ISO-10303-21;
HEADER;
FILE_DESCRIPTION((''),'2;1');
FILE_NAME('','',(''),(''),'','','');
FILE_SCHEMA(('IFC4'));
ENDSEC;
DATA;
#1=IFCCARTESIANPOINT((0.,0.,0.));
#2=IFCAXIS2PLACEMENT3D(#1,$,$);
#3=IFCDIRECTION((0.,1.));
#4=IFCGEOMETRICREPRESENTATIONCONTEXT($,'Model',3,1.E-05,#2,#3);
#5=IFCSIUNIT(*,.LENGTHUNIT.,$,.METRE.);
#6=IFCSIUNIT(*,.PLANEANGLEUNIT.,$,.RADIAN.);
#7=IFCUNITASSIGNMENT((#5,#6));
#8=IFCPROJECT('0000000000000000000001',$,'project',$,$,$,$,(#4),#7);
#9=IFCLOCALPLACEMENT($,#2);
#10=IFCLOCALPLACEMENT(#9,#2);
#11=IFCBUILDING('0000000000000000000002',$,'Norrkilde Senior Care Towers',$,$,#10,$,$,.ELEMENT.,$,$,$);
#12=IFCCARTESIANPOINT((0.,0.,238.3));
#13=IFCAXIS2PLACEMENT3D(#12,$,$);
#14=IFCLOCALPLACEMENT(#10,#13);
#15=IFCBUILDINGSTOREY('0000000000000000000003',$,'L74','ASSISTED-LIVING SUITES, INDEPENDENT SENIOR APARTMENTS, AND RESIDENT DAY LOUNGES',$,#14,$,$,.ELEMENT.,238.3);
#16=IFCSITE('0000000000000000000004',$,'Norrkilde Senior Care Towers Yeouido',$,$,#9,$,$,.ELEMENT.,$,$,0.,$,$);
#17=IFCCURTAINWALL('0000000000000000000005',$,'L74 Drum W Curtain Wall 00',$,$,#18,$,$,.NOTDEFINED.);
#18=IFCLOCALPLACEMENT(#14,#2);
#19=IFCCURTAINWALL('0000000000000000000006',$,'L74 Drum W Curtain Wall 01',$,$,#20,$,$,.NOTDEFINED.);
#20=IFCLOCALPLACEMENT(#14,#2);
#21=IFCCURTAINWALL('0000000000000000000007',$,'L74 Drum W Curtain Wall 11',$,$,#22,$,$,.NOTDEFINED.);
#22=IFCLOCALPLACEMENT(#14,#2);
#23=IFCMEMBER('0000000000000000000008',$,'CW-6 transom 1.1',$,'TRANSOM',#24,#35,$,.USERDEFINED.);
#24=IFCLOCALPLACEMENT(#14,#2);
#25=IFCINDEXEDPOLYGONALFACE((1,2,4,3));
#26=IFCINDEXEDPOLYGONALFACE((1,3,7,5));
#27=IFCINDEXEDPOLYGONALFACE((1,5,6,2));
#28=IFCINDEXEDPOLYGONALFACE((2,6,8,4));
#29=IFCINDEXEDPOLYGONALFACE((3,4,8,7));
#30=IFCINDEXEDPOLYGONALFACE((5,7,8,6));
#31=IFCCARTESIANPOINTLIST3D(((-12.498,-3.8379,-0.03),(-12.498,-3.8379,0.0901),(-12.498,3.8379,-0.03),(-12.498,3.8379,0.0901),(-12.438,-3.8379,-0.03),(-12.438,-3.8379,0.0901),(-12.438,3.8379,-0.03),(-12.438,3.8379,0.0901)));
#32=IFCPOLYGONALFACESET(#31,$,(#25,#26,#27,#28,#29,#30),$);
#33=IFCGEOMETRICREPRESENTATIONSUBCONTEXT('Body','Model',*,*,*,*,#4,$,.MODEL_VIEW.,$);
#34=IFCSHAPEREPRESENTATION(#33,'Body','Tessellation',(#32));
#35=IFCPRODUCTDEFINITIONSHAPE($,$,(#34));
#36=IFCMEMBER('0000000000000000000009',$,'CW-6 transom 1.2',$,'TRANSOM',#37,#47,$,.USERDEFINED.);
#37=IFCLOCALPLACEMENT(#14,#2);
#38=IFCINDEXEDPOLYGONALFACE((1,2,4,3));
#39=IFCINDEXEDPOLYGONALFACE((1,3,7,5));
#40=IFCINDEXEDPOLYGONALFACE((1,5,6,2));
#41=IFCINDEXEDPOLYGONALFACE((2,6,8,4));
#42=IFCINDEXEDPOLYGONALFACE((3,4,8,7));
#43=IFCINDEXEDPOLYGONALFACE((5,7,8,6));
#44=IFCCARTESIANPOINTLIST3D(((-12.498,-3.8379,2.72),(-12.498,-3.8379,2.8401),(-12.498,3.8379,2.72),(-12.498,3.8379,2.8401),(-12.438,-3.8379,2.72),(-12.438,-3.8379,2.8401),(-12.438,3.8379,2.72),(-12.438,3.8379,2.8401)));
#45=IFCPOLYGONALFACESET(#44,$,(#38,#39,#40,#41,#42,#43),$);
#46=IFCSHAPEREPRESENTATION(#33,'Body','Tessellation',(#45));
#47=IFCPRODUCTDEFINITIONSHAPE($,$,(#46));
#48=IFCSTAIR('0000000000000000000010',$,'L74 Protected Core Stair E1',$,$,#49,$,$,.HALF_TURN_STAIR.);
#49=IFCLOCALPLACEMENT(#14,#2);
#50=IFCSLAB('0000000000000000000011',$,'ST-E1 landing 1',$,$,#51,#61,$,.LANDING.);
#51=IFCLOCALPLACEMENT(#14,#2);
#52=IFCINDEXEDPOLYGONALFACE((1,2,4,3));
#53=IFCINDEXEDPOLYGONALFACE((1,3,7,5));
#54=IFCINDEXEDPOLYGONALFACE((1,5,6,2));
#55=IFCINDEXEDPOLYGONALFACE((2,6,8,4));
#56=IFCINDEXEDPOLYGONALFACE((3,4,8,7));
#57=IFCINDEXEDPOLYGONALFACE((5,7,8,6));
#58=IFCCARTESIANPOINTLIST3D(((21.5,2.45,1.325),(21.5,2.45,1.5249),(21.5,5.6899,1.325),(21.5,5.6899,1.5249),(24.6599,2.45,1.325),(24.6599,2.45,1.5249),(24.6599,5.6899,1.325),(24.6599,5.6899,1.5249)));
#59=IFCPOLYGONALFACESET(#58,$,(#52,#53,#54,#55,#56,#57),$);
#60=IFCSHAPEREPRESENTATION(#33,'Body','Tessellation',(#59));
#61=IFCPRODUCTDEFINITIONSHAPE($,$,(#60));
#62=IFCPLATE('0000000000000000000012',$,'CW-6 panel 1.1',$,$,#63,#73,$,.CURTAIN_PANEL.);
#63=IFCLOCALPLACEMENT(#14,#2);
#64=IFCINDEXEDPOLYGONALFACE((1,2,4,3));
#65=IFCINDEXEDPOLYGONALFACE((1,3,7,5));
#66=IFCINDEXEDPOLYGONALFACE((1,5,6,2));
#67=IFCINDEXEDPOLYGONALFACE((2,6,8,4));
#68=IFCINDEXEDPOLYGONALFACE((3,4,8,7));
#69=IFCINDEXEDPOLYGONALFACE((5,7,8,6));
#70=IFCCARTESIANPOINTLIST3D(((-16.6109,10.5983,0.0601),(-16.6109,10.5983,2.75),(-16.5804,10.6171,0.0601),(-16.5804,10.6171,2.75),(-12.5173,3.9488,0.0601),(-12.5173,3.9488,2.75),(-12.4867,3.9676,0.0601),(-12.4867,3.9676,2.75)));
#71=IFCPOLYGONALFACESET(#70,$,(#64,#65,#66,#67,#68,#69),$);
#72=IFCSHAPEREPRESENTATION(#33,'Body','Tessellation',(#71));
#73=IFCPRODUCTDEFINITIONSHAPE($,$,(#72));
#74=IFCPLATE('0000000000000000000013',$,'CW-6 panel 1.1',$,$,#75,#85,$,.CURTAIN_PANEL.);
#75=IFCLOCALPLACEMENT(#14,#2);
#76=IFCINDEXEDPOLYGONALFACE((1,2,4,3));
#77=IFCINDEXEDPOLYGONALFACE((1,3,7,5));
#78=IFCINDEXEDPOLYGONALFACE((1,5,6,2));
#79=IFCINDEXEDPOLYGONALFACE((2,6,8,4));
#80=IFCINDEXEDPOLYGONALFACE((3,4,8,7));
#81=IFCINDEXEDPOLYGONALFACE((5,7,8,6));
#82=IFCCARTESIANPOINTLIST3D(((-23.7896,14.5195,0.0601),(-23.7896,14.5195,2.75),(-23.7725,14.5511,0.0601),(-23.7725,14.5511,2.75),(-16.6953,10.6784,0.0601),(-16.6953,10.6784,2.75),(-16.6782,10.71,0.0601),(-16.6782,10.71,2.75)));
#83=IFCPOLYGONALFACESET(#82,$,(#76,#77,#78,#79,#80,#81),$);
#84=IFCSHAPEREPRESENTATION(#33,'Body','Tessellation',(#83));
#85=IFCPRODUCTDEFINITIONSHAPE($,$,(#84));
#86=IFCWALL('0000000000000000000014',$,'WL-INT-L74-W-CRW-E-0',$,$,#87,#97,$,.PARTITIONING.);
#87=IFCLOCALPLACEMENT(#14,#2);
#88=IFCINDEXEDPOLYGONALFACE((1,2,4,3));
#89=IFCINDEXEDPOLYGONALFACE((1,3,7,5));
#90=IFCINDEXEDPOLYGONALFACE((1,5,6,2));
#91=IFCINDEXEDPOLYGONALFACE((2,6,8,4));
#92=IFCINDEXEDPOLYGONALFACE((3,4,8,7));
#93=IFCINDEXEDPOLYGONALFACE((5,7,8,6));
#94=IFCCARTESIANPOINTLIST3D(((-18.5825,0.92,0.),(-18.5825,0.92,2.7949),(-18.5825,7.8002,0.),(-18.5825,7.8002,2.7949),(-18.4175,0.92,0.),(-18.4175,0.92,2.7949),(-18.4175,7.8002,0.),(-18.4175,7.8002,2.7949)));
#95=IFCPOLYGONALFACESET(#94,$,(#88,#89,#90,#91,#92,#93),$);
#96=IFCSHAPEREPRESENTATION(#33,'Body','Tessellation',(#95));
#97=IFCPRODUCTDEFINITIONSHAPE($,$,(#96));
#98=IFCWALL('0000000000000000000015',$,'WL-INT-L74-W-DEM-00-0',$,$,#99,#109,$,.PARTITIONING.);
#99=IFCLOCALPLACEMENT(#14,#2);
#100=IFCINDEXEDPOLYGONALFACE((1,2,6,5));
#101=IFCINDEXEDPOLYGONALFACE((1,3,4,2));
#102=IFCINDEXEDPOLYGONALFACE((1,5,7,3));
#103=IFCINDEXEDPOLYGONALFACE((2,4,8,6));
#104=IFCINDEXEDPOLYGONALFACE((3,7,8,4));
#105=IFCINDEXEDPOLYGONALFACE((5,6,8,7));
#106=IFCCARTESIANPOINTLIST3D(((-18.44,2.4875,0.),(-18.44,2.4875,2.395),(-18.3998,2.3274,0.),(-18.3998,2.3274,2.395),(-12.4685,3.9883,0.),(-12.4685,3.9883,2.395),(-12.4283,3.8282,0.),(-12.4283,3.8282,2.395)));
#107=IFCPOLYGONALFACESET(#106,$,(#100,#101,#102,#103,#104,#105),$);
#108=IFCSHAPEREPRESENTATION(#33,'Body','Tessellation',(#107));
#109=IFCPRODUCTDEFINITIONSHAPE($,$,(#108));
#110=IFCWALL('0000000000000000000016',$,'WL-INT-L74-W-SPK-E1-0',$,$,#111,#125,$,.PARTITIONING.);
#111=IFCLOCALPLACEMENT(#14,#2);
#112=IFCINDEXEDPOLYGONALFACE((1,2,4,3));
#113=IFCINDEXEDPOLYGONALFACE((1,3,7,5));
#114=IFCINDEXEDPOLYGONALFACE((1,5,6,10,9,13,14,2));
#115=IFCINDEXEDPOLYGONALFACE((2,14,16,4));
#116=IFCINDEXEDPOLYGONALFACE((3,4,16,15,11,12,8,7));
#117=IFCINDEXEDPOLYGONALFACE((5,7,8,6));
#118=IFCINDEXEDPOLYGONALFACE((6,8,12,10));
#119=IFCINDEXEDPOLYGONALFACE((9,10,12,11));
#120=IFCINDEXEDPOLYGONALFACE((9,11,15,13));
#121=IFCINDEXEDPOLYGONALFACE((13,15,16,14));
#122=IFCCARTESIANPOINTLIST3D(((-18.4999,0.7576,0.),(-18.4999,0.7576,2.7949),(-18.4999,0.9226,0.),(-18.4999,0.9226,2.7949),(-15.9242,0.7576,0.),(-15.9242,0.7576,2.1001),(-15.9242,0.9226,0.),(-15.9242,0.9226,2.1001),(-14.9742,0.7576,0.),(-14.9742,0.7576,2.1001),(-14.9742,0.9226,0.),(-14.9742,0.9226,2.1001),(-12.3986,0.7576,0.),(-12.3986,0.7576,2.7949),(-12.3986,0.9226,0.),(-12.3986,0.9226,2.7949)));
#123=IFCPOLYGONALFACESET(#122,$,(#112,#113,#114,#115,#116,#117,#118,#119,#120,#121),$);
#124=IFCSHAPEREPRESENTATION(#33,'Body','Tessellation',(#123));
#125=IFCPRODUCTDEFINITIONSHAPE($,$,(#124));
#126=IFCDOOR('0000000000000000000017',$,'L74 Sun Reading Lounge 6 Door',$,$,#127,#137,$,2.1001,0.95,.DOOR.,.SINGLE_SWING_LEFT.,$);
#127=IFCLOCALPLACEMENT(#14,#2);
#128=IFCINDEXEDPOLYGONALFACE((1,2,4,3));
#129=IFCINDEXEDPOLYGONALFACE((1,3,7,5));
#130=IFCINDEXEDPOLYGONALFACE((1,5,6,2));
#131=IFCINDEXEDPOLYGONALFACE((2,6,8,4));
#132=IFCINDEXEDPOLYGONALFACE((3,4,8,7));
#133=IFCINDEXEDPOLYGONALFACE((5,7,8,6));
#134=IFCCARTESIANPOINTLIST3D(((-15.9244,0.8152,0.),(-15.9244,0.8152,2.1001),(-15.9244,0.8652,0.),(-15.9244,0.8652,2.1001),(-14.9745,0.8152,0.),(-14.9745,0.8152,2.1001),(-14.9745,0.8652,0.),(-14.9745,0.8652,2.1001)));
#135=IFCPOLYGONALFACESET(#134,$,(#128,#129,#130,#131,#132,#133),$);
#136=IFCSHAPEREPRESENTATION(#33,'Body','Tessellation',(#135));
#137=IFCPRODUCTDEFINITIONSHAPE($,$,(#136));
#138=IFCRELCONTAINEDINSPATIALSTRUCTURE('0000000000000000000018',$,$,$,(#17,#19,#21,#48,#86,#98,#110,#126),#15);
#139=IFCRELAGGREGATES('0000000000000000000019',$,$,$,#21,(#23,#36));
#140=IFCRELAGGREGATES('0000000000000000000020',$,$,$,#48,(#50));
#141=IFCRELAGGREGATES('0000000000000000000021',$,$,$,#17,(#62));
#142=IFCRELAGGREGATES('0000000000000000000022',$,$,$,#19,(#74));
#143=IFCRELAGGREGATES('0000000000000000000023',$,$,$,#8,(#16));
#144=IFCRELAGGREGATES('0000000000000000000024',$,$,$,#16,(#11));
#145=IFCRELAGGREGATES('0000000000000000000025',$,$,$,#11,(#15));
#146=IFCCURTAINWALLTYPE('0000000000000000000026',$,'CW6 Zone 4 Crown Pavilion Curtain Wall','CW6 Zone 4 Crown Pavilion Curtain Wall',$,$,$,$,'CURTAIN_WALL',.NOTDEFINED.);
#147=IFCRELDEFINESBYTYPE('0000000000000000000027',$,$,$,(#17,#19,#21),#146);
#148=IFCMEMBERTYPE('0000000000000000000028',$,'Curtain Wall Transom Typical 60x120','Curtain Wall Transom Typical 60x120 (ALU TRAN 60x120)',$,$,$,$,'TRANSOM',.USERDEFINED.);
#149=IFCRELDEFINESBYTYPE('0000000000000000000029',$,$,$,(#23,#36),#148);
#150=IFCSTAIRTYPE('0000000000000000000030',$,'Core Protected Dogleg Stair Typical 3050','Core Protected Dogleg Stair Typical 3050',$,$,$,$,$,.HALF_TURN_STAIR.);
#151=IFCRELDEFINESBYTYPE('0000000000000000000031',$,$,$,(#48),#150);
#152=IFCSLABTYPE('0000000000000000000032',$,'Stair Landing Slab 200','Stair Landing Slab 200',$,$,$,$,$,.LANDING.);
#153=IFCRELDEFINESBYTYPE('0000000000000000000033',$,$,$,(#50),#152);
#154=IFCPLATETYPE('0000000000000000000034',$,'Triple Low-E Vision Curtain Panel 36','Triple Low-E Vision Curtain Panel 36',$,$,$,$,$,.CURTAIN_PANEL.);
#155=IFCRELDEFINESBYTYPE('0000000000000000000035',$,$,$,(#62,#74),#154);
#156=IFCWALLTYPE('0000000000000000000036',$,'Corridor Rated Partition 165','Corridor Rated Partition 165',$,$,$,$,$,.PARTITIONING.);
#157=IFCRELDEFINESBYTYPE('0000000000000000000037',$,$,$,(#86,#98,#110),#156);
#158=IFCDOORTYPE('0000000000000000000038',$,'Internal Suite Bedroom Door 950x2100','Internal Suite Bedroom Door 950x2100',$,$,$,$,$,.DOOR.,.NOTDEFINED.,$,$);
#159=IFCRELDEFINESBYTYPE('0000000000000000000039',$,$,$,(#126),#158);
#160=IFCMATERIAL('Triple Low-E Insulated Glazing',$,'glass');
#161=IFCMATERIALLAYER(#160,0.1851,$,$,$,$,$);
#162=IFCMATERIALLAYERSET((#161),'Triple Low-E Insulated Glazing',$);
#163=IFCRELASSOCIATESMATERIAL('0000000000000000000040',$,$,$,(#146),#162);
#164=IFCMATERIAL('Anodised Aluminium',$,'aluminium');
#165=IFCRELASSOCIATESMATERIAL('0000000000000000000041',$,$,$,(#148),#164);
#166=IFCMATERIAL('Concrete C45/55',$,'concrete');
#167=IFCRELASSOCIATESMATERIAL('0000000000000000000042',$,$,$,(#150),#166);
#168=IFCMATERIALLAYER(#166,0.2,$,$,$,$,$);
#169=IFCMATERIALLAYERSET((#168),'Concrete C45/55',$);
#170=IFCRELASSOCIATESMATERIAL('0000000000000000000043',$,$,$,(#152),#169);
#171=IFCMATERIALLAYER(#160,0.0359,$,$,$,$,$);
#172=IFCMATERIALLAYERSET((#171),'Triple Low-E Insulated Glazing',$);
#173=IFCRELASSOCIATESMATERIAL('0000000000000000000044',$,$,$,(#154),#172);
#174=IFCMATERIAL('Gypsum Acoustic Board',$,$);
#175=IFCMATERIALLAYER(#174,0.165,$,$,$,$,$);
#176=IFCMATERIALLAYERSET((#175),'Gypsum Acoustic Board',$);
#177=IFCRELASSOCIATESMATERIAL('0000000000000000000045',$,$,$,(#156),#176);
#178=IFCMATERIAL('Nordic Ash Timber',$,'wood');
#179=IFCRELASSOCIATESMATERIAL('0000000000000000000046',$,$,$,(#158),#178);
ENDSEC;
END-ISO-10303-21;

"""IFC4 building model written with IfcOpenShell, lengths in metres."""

from ifc_helpers import new_model, si_unit, direction, frame, frame_2d, origin, origin_2d, place, context, subcontext, project, spatial, polyline, rectangle, outline, extrude, source, transform, mapped, material, layer, layer_set, material_profile, profile_set, type_object, type_shapes, element, fill, aggregate, save


model = new_model("IFC4")

# Units and contexts
model_context = context("Model", 3, precision=1e-05, world=origin(), true_north=direction((0.0, 1.0)))
body_context = subcontext(model_context, "Body", "Model", "MODEL_VIEW")
ifc_project = project(units=[si_unit("LENGTHUNIT", "METRE"), si_unit("PLANEANGLEUNIT", "RADIAN")], contexts=[model_context])

# Site, building, storey
site_placement = place(None, origin())
site = spatial("IfcSite", under=ifc_project, at=site_placement, Name="Norrkilde Senior Care Towers Yeouido", CompositionType="ELEMENT", RefElevation=0.0)
building_placement = place(site_placement, origin())
building = spatial("IfcBuilding", under=site, at=building_placement, Name="Norrkilde Senior Care Towers", CompositionType="ELEMENT")
storey_placement = place(building_placement, frame((0.0, 0.0, 238.3)))
storey = spatial("IfcBuildingStorey", under=building, at=storey_placement, Name="L74", Description="ASSISTED-LIVING SUITES, INDEPENDENT SENIOR APARTMENTS, AND RESIDENT DAY LOUNGES", CompositionType="ELEMENT", Elevation=238.3)

# Curtain wall
ifc_material_1 = material(Name="Triple Low-E Insulated Glazing", Category="glass")
ifc_layer_1 = layer(ifc_material_1, 0.1851)
ifc_layer_set_1 = layer_set([ifc_layer_1], Name="Triple Low-E Insulated Glazing")
curtain_wall_type = type_object("IfcCurtainWallType", Name="CW6 Zone 4 Crown Pavilion Curtain Wall", Description="CW6 Zone 4 Crown Pavilion Curtain Wall", ElementType="CURTAIN_WALL", PredefinedType="NOTDEFINED", material=ifc_layer_set_1)
curtain_wall_1_placement = place(storey_placement, origin())
curtain_wall_1 = element("IfcCurtainWall", 1, at=curtain_wall_1_placement, inside=storey, type_object=curtain_wall_type, Name="L74 Drum W Curtain Wall 00", PredefinedType="NOTDEFINED")
ifc_material_2 = material(Name="Anodised Aluminium", Category="aluminium")

# Curtain walls
curtain_wall_2_placement = place(storey_placement, origin())
curtain_wall_2 = element("IfcCurtainWall", 2, at=curtain_wall_2_placement, inside=storey, type_object=curtain_wall_type, Name="L74 Drum W Curtain Wall 01", PredefinedType="NOTDEFINED")
curtain_wall_3_placement = place(storey_placement, origin())
curtain_wall_3 = element("IfcCurtainWall", 3, at=curtain_wall_3_placement, inside=storey, type_object=curtain_wall_type, Name="L74 Drum W Curtain Wall 11", PredefinedType="NOTDEFINED")

# Members
ifc_material_profile_1 = material_profile(ifc_material_2, rectangle(XDim=0.0601, YDim=0.1201, at=origin_2d()), Name="ALU TRAN 60x120")
ifc_profile_set_1 = profile_set([ifc_material_profile_1], Name="Anodised Aluminium")
member_type_1 = type_object("IfcMemberType", Name="Curtain Wall Transom Typical 60x120", Description="Curtain Wall Transom Typical 60x120 (ALU TRAN 60x120)", ElementType="TRANSOM", PredefinedType="USERDEFINED", material=ifc_profile_set_1)
shared_shape_1 = source(origin(), body_context, "Body", "SweptSolid", [
    extrude(rectangle(XDim=0.0601, YDim=0.1201, at=origin_2d()), origin(), (0.0, 0.0, 1.0), 7.6758),
])
member_1_placement = place(storey_placement, frame((-12.468, 3.8379, 0.03), z_axis=(0.0, -1.0, 0.0), x_axis=(1.0, 0.0, 0.0)))
member_1 = element("IfcMember", 4, at=member_1_placement, type_object=member_type_1, Name="CW-6 transom 1.1", ObjectType="TRANSOM", PredefinedType="USERDEFINED", context=body_context, shape_type="MappedRepresentation", body=[
    mapped(shared_shape_1, transform((0.0, 0.0, 0.0), x_axis=(1.0, 0.0, 0.0), y_axis=(0.0, 1.0, 0.0), z_axis=(0.0, 0.0, 1.0), scale=1.0)),
])
member_2_placement = place(storey_placement, frame((-12.468, 3.8379, 2.78), z_axis=(0.0, -1.0, 0.0), x_axis=(1.0, 0.0, 0.0)))
member_2 = element("IfcMember", 5, at=member_2_placement, type_object=member_type_1, Name="CW-6 transom 1.2", ObjectType="TRANSOM", PredefinedType="USERDEFINED", context=body_context, shape_type="MappedRepresentation", body=[
    mapped(shared_shape_1, transform((0.0, 0.0, 0.0), x_axis=(1.0, 0.0, 0.0), y_axis=(0.0, 1.0, 0.0), z_axis=(0.0, 0.0, 1.0), scale=1.0)),
])
aggregate(curtain_wall_3, [member_1, member_2])

# Stair, slab
ifc_material_3 = material(Name="Concrete C45/55", Category="concrete")
stair_type = type_object("IfcStairType", Name="Core Protected Dogleg Stair Typical 3050", Description="Core Protected Dogleg Stair Typical 3050", PredefinedType="HALF_TURN_STAIR", material=ifc_material_3)
stair_placement = place(storey_placement, origin())
stair = element("IfcStair", 6, at=stair_placement, inside=storey, type_object=stair_type, Name="L74 Protected Core Stair E1", PredefinedType="HALF_TURN_STAIR")
ifc_layer_2 = layer(ifc_material_3, 0.2)
ifc_layer_set_2 = layer_set([ifc_layer_2], Name="Concrete C45/55")
slab_type = type_object("IfcSlabType", Name="Stair Landing Slab 200", Description="Stair Landing Slab 200", PredefinedType="LANDING", material=ifc_layer_set_2)
slab_placement = place(storey_placement, frame((0.0, 0.0, 1.325)))
slab = element("IfcSlab", 7, at=slab_placement, type_object=slab_type, Name="ST-E1 landing 1", PredefinedType="LANDING", context=body_context, shape_type="SweptSolid", body=[
    extrude(outline(polyline([(24.6599, 5.6899), (21.5, 5.6899), (21.5, 2.45), (24.6599, 2.45), (24.6599, 5.6899)])), origin(), (0.0, 0.0, 1.0), 0.2),
])
aggregate(stair, [slab])

# Plates
ifc_layer_3 = layer(ifc_material_1, 0.0359)
ifc_layer_set_3 = layer_set([ifc_layer_3], Name="Triple Low-E Insulated Glazing")
plate_type = type_object("IfcPlateType", Name="Triple Low-E Vision Curtain Panel 36", Description="Triple Low-E Vision Curtain Panel 36", PredefinedType="CURTAIN_PANEL", material=ifc_layer_set_3)
shared_shape_2 = source(origin(), body_context, "Body", "SweptSolid", [
    extrude(rectangle(XDim=7.8086, YDim=0.0359, at=origin_2d()), origin(), (0.0, 0.0, 1.0), 2.6899),
])
plate_1_placement = place(storey_placement, frame((-14.5488, 7.283, 0.0601), z_axis=(0.0, 0.0, 1.0), x_axis=(0.524253, -0.851563, 0.0)))
plate_1 = element("IfcPlate", 8, at=plate_1_placement, type_object=plate_type, Name="CW-6 panel 1.1", PredefinedType="CURTAIN_PANEL", context=body_context, shape_type="MappedRepresentation", body=[
    mapped(shared_shape_2, transform((0.0, 0.0, 0.0), x_axis=(1.0, 0.0, 0.0), y_axis=(0.0, 1.0, 0.0), z_axis=(0.0, 0.0, 1.0), scale=1.0)),
])
aggregate(curtain_wall_1, [plate_1])
shared_shape_3 = source(origin(), body_context, "Body", "SweptSolid", [
    extrude(rectangle(XDim=8.0674, YDim=0.0359, at=origin_2d()), origin(), (0.0, 0.0, 1.0), 2.6899),
])
type_shapes(plate_type, [shared_shape_2, shared_shape_3])
plate_2_placement = place(storey_placement, frame((-20.2339, 12.6147, 0.0601), z_axis=(0.0, 0.0, 1.0), x_axis=(0.879373, -0.476133, 0.0)))
plate_2 = element("IfcPlate", 9, at=plate_2_placement, type_object=plate_type, Name="CW-6 panel 1.1", PredefinedType="CURTAIN_PANEL", context=body_context, shape_type="MappedRepresentation", body=[
    mapped(shared_shape_3, transform((0.0, 0.0, 0.0), x_axis=(1.0, 0.0, 0.0), y_axis=(0.0, 1.0, 0.0), z_axis=(0.0, 0.0, 1.0), scale=1.0)),
])
aggregate(curtain_wall_2, [plate_2])

# Walls
ifc_material_4 = material(Name="Gypsum Acoustic Board")
ifc_layer_4 = layer(ifc_material_4, 0.165)
ifc_layer_set_4 = layer_set([ifc_layer_4], Name="Gypsum Acoustic Board")
wall_type_1 = type_object("IfcWallType", Name="Corridor Rated Partition 165", Description="Corridor Rated Partition 165", PredefinedType="PARTITIONING", material=ifc_layer_set_4)
shared_shape_4 = source(origin(), body_context, "Body", "SweptSolid", [
    extrude(rectangle(XDim=6.8801, YDim=0.165, at=frame_2d((3.4399, 0.0))), origin(), (0.0, 0.0, 1.0), 2.7949),
])
wall_1_placement = place(storey_placement, frame((-18.5, 7.8, 0.0), z_axis=(0.0, 0.0, 1.0), x_axis=(0.0, -1.0, 0.0)))
element("IfcWall", 10, at=wall_1_placement, inside=storey, type_object=wall_type_1, Name="WL-INT-L74-W-CRW-E-0", PredefinedType="PARTITIONING", context=body_context, shape_type="MappedRepresentation", body=[
    mapped(shared_shape_4, transform((0.0, 0.0, 0.0), x_axis=(1.0, 0.0, 0.0), y_axis=(0.0, 1.0, 0.0), z_axis=(0.0, 0.0, 1.0), scale=1.0)),
])
shared_shape_5 = source(origin(), body_context, "Body", "SweptSolid", [
    extrude(rectangle(XDim=6.1572, YDim=0.165, at=frame_2d((3.0786, 0.0))), origin(), (0.0, 0.0, 1.0), 2.395),
])
wall_2_placement = place(storey_placement, frame((-18.4199, 2.4075, 0.0), z_axis=(0.0, 0.0, 1.0), x_axis=(0.969841, 0.243739, 0.0)))
element("IfcWall", 11, at=wall_2_placement, inside=storey, type_object=wall_type_1, Name="WL-INT-L74-W-DEM-00-0", PredefinedType="PARTITIONING", context=body_context, shape_type="MappedRepresentation", body=[
    mapped(shared_shape_5, transform((0.0, 0.0, 0.0), x_axis=(1.0, 0.0, 0.0), y_axis=(0.0, 1.0, 0.0), z_axis=(0.0, 0.0, 1.0), scale=1.0)),
])

# Wall, opening, door
shared_shape_6 = source(origin(), body_context, "Body", "SweptSolid", [
    extrude(rectangle(XDim=6.1013, YDim=0.165, at=frame_2d((3.0508, 0.0))), origin(), (0.0, 0.0, 1.0), 2.7949),
])
type_shapes(wall_type_1, [shared_shape_4, shared_shape_5, shared_shape_6])
wall_3_placement = place(storey_placement, frame((-18.5, 0.8401, 0.0), z_axis=(0.0, 0.0, 1.0), x_axis=(1.0, 0.0, 0.0)))
wall_3 = element("IfcWall", 12, at=wall_3_placement, inside=storey, type_object=wall_type_1, Name="WL-INT-L74-W-SPK-E1-0", PredefinedType="PARTITIONING", context=body_context, shape_type="MappedRepresentation", body=[
    mapped(shared_shape_6, transform((0.0, 0.0, 0.0), x_axis=(1.0, 0.0, 0.0), y_axis=(0.0, 1.0, 0.0), z_axis=(0.0, 0.0, 1.0), scale=1.0)),
])
opening_1_placement = place(wall_3_placement, frame((2.5757, 0.0, 0.0)))
opening_1 = element("IfcOpeningElement", 13, at=opening_1_placement, cuts=wall_3, PredefinedType="OPENING", context=body_context, shape_type="SweptSolid", body=[
    extrude(rectangle(XDim=0.95, YDim=2.1001, at=frame_2d((0.4751, 1.05))), frame((0.0, 0.0925, 0.0), z_axis=(0.0, -1.0, 0.0), x_axis=(1.0, 0.0, 0.0)), (0.0, 0.0, 1.0), 0.1851),
])
ifc_material_5 = material(Name="Nordic Ash Timber", Category="wood")
door_type_1 = type_object("IfcDoorType", Name="Internal Suite Bedroom Door 950x2100", Description="Internal Suite Bedroom Door 950x2100", OperationType="NOTDEFINED", PredefinedType="DOOR", material=ifc_material_5)
shared_shape_7 = source(origin(), body_context, "Body", "SweptSolid", [
    extrude(rectangle(XDim=0.95, YDim=2.1001, at=frame_2d((0.4751, 1.05))), frame((0.0, 0.0249, 0.0), z_axis=(0.0, -1.0, 0.0), x_axis=(1.0, 0.0, 0.0)), (0.0, 0.0, 1.0), 0.05),
])
type_shapes(door_type_1, [shared_shape_7])
door_1_placement = place(opening_1_placement, frame((0.95, 0.0, 0.0), z_axis=(0.0, 0.0, 1.0), x_axis=(-1.0, 0.0, 0.0)))
door_1 = element("IfcDoor", 14, at=door_1_placement, inside=storey, type_object=door_type_1, Name="L74 Sun Reading Lounge 6 Door", OperationType="SINGLE_SWING_LEFT", OverallHeight=2.1001, OverallWidth=0.95, PredefinedType="DOOR", context=body_context, shape_type="MappedRepresentation", body=[
    mapped(shared_shape_7, transform((0.0, 0.0, 0.0), x_axis=(1.0, 0.0, 0.0), y_axis=(0.0, 1.0, 0.0), z_axis=(0.0, 0.0, 1.0), scale=1.0)),
])
fill(opening_1, door_1)

save(model, "model.ifc")
